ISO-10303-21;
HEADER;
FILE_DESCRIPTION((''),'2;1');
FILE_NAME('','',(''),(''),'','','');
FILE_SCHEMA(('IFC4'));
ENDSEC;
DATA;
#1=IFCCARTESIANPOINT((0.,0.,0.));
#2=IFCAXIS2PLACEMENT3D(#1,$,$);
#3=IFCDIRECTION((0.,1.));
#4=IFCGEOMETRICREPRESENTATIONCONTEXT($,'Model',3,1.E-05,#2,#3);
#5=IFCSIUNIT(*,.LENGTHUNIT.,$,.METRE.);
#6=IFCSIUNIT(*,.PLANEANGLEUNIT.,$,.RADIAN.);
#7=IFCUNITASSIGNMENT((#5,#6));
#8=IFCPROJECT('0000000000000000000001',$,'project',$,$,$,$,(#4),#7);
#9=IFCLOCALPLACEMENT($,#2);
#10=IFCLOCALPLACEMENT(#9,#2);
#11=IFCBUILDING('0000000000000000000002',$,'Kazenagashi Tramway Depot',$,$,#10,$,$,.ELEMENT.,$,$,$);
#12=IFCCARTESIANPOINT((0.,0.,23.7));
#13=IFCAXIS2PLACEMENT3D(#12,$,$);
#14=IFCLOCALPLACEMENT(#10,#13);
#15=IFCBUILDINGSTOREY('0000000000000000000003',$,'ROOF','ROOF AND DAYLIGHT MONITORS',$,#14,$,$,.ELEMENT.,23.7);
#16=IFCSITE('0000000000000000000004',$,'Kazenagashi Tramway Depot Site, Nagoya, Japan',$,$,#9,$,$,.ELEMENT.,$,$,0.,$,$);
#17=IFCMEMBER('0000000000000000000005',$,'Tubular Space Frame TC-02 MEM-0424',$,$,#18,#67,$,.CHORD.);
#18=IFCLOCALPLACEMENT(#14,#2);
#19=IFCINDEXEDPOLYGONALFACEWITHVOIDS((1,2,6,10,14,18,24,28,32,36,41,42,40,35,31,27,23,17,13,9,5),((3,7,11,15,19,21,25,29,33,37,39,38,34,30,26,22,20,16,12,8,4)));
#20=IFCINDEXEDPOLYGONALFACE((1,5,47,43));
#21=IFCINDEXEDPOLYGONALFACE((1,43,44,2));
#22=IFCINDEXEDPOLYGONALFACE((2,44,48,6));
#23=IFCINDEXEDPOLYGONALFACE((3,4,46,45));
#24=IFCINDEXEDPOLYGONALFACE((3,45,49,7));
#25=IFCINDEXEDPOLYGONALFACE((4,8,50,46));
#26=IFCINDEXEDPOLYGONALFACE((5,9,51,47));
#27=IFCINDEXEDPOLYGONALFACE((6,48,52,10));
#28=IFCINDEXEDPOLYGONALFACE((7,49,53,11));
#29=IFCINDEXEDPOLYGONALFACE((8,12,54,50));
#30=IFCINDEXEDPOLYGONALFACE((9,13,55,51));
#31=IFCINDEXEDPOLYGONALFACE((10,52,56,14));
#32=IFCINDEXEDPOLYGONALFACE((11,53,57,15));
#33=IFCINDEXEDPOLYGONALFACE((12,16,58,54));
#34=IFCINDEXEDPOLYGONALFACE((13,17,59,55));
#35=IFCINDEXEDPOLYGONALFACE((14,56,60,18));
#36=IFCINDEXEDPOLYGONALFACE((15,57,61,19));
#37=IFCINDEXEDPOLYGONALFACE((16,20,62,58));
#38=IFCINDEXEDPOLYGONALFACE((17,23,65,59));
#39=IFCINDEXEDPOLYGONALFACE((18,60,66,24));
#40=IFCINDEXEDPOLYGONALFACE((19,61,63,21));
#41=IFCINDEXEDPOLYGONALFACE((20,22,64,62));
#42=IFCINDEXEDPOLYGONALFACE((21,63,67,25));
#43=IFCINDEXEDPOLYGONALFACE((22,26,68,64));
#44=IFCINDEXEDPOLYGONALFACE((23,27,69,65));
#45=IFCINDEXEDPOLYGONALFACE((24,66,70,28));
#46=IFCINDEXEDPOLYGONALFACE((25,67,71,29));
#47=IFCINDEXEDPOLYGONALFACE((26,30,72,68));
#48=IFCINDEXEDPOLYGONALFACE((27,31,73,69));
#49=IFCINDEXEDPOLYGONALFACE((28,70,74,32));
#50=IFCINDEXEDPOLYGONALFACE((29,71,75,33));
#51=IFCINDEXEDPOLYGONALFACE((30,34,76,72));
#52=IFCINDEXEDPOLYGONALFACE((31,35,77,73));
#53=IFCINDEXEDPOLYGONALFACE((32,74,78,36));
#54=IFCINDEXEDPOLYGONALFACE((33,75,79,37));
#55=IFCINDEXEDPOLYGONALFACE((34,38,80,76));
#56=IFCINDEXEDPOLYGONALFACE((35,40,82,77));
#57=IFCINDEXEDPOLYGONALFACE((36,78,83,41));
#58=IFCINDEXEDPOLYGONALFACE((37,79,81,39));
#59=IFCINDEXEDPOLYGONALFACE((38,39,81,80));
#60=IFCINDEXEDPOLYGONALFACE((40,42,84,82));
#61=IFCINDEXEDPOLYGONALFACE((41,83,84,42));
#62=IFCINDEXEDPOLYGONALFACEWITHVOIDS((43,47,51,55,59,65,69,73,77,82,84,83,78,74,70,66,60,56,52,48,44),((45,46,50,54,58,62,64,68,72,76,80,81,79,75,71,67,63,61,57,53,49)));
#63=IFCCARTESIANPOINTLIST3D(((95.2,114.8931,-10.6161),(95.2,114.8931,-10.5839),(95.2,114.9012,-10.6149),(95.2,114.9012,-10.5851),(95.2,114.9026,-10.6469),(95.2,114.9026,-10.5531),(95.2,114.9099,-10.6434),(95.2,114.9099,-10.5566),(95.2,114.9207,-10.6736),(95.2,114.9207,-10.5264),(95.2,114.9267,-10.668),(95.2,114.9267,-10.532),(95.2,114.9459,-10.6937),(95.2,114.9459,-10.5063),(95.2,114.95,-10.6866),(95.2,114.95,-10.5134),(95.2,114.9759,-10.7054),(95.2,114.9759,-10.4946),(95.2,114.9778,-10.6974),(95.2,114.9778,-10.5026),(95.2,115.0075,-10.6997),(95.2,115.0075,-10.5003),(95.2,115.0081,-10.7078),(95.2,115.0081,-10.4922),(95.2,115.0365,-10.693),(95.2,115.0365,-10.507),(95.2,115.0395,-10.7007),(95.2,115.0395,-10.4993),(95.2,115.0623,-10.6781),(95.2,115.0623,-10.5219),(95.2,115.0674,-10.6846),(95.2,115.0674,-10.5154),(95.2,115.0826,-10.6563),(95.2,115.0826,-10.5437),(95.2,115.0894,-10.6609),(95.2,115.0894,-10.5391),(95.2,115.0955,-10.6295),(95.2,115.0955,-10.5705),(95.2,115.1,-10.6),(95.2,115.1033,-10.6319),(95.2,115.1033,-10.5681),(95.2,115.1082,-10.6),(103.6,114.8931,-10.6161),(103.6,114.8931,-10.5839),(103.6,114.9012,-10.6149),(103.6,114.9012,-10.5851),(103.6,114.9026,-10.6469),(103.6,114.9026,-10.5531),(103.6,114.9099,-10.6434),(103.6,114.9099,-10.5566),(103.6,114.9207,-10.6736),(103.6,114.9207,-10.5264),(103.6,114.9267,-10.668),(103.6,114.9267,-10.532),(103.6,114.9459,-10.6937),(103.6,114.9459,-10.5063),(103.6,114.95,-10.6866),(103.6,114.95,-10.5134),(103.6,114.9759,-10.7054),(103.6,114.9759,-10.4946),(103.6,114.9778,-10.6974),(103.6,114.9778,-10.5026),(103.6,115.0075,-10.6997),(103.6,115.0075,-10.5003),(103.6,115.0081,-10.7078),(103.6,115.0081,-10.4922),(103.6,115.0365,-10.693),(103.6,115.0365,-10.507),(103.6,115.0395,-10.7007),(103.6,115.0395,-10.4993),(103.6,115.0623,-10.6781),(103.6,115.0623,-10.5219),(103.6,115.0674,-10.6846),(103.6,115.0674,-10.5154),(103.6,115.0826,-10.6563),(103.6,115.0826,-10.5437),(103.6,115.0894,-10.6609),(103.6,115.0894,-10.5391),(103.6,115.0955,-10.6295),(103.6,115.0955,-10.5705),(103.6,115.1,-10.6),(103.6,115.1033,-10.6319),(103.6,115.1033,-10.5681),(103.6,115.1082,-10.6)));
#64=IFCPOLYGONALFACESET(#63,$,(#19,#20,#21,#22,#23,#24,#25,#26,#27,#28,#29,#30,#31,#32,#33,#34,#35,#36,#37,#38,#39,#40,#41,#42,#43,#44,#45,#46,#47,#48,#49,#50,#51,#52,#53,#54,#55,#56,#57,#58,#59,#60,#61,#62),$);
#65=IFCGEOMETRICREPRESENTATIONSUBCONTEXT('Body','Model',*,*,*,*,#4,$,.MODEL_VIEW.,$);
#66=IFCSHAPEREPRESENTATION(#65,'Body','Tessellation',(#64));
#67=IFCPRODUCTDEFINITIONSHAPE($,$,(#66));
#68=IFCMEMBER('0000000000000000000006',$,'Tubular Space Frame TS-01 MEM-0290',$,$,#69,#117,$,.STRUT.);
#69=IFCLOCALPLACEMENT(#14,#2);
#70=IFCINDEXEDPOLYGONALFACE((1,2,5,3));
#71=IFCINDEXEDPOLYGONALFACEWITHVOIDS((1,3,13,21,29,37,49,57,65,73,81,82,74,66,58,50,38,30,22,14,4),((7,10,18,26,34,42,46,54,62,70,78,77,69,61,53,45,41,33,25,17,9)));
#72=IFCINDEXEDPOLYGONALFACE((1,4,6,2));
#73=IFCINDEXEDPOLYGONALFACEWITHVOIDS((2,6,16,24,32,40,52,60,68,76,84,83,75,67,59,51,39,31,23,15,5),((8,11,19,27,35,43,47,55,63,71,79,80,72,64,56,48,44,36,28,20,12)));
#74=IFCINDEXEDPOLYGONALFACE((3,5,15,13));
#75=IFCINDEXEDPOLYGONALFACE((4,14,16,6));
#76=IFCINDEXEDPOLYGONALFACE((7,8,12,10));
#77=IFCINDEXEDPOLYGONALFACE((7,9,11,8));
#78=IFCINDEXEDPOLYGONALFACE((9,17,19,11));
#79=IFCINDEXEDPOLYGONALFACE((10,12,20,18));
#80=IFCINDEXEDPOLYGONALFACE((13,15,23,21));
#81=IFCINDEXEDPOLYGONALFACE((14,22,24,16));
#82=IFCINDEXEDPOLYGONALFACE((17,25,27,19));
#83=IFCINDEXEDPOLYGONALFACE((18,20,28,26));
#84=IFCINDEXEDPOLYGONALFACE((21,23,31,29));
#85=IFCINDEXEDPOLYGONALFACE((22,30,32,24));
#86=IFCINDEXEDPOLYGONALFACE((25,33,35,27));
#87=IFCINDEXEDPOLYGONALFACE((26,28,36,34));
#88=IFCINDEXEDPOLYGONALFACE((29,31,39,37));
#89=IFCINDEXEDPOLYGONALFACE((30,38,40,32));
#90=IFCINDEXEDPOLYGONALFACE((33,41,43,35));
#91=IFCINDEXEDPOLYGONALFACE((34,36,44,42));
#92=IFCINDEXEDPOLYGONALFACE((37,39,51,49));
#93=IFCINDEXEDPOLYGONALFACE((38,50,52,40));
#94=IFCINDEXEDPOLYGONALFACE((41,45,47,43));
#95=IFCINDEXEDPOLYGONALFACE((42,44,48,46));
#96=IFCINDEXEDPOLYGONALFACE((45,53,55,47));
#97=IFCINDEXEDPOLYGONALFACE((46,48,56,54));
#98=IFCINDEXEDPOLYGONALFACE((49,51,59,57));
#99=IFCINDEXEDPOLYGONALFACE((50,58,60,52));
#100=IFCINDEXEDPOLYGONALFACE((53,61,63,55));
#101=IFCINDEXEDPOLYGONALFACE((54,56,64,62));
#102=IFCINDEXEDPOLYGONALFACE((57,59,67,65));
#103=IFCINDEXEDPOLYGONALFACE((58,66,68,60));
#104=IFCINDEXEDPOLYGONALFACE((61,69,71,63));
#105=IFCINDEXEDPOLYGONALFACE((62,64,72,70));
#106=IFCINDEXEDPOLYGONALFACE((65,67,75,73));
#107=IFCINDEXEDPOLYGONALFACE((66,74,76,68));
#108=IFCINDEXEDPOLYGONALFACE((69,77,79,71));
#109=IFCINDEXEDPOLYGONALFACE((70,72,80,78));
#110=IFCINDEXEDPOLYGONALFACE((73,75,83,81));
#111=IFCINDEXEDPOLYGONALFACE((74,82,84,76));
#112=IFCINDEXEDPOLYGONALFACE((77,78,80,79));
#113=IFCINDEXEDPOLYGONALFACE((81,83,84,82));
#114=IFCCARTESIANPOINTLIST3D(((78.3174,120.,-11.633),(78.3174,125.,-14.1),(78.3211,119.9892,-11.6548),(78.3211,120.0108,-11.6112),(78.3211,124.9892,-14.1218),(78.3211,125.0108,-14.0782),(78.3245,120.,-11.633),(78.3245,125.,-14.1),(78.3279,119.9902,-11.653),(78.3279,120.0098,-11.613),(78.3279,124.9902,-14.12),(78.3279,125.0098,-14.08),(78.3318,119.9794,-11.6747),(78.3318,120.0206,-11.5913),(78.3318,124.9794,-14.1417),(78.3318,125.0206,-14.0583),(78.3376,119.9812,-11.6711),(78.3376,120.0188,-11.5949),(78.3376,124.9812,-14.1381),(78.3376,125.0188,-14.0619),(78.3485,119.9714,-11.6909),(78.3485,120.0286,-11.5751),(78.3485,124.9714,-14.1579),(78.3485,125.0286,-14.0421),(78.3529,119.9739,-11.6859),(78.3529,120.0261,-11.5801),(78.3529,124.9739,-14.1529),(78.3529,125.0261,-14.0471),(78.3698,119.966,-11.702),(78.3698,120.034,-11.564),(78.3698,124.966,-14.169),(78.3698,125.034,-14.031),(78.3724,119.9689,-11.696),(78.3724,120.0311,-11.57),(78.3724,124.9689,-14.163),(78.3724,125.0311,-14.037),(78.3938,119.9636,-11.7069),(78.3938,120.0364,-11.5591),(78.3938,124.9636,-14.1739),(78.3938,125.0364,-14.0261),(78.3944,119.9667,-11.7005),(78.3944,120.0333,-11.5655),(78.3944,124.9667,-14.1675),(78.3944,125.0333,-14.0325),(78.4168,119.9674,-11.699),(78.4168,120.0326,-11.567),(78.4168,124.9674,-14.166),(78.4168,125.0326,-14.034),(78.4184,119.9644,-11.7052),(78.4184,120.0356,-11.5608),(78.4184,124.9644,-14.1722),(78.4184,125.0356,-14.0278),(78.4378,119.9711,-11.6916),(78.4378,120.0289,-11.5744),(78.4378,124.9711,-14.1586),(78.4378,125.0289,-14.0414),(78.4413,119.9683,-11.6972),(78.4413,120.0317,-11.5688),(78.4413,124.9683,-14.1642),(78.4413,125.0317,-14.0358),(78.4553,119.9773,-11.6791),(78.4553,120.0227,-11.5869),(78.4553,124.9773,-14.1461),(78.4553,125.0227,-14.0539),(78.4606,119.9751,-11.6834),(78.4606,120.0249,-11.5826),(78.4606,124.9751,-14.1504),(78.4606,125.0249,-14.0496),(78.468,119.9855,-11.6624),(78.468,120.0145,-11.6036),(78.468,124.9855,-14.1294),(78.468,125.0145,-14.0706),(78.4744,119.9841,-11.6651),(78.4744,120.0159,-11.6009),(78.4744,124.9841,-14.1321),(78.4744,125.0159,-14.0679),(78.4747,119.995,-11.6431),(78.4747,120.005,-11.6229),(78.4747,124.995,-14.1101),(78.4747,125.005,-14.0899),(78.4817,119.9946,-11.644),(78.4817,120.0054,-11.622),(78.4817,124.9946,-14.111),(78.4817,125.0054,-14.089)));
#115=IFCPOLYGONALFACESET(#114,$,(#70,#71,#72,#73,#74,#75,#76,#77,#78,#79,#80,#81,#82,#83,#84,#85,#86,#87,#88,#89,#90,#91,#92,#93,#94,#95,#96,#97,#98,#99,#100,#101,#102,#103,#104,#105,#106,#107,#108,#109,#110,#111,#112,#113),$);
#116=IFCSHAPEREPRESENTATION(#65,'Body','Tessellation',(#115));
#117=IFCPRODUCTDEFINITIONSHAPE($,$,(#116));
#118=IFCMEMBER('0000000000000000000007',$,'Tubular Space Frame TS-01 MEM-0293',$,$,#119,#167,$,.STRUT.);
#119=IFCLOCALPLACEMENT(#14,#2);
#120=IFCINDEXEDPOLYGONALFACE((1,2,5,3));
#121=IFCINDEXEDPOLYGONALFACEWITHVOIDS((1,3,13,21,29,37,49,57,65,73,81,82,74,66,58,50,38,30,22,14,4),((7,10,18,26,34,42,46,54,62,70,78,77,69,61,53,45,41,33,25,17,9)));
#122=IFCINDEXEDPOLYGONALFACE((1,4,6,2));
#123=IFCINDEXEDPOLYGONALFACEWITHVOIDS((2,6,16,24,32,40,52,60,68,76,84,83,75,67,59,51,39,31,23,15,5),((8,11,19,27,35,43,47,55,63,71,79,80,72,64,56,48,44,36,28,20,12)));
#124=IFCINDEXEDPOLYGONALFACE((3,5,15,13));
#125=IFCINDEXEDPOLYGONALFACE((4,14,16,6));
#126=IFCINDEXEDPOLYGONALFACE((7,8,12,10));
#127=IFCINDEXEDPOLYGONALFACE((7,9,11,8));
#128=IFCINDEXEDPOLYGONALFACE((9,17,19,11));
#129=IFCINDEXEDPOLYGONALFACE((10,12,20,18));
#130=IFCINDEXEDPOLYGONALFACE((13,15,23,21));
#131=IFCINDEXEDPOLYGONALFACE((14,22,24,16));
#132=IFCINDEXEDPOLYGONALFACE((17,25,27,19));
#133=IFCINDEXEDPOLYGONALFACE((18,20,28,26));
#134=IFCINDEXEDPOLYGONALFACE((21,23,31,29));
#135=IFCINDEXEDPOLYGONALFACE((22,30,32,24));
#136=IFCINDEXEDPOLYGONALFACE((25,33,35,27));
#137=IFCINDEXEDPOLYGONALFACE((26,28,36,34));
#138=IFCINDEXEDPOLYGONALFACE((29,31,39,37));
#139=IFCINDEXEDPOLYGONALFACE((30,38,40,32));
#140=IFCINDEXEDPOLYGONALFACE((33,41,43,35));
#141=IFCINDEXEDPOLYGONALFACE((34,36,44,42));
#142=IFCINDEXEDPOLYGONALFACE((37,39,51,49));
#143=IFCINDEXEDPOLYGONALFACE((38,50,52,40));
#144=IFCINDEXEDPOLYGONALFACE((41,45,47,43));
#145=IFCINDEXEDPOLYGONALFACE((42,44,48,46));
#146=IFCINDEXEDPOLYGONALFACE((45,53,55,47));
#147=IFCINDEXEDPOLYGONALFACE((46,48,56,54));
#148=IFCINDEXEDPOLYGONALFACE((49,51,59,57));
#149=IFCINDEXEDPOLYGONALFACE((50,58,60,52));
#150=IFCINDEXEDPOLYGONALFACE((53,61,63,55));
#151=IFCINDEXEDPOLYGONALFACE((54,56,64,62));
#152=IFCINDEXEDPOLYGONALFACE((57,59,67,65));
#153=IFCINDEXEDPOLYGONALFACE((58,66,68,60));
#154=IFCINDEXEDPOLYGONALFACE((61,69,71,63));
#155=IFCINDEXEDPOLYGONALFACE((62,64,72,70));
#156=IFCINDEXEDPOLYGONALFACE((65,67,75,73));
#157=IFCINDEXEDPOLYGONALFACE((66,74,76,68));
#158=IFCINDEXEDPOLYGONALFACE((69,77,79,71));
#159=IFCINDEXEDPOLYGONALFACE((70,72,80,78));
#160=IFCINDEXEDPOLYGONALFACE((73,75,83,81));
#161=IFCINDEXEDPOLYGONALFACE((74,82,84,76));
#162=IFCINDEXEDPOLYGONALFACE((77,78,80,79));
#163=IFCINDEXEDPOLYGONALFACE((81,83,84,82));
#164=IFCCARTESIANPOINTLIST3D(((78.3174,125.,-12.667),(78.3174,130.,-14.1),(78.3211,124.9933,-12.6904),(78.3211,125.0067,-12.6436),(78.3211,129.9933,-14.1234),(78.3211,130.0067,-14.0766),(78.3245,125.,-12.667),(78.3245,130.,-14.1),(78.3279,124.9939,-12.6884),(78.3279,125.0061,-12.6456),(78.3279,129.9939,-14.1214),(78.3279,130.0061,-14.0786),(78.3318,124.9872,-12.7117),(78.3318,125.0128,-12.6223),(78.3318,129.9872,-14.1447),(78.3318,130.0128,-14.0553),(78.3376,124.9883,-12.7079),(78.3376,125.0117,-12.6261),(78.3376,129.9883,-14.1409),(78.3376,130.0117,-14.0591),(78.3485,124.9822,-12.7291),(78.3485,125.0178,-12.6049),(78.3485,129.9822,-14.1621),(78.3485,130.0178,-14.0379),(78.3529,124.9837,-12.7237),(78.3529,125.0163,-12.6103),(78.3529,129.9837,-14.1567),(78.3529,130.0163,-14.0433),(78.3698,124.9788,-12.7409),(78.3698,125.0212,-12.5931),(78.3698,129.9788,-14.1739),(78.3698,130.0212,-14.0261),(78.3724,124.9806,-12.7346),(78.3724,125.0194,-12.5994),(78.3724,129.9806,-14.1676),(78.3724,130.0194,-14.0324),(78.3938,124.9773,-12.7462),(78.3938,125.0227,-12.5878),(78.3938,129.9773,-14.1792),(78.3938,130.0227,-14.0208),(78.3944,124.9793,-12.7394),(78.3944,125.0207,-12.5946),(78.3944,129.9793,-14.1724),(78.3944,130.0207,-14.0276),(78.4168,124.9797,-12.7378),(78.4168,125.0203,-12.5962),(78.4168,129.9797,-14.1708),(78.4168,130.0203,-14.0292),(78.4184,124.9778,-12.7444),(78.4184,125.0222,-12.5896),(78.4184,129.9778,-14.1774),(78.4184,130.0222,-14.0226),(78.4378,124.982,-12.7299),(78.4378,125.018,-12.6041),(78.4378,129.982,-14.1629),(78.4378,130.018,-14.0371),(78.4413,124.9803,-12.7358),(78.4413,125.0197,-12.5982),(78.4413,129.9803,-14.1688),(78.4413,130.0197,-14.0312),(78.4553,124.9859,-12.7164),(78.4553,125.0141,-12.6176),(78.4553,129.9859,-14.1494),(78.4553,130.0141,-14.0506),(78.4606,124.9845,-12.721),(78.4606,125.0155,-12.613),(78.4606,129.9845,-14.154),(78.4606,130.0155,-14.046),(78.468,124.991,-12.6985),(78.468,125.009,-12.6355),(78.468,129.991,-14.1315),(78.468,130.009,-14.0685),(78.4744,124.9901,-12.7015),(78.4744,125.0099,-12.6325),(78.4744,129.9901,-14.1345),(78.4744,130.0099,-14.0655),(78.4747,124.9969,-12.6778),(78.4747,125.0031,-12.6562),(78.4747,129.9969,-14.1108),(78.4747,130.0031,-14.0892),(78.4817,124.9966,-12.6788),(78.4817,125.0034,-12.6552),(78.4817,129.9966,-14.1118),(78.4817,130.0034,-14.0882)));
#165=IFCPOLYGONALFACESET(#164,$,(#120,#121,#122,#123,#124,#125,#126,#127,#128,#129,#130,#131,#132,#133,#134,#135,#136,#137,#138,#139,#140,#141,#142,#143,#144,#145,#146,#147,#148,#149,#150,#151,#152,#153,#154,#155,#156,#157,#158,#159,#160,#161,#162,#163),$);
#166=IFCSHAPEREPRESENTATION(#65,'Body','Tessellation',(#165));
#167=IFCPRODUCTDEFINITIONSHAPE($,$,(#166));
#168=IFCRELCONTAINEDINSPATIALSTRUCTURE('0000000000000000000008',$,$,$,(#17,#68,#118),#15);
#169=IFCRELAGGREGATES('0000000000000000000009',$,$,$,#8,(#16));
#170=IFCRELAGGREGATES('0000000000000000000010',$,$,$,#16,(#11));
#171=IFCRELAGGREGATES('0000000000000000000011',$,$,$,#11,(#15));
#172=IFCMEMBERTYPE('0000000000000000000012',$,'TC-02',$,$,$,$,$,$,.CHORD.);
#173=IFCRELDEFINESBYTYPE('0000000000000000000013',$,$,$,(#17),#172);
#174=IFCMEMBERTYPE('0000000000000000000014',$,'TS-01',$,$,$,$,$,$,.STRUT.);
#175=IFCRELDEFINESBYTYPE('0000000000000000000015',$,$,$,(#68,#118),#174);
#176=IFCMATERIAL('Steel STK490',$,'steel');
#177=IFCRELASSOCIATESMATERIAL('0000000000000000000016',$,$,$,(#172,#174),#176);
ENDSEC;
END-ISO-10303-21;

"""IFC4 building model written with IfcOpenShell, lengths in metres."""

from ifc_helpers import new_model, si_unit, direction, frame, origin, origin_2d, place, context, subcontext, project, spatial, hollow_circle, extrude, material, material_profile, profile_set, type_object, element, save


model = new_model("IFC4")

# Units and contexts
model_context = context("Model", 3, precision=1e-05, world=origin(), true_north=direction((0.0, 1.0)))
body_context = subcontext(model_context, "Body", "Model", "MODEL_VIEW")
ifc_project = project(units=[si_unit("LENGTHUNIT", "METRE"), si_unit("PLANEANGLEUNIT", "RADIAN")], contexts=[model_context])

# Site, building, storey
site_placement = place(None, origin())
site = spatial("IfcSite", under=ifc_project, at=site_placement, Name="Kazenagashi Tramway Depot Site, Nagoya, Japan", CompositionType="ELEMENT", RefElevation=0.0)
building_placement = place(site_placement, origin())
building = spatial("IfcBuilding", under=site, at=building_placement, Name="Kazenagashi Tramway Depot", CompositionType="ELEMENT")
storey_placement = place(building_placement, frame((0.0, 0.0, 23.7)))
storey = spatial("IfcBuildingStorey", under=building, at=storey_placement, Name="ROOF", Description="ROOF AND DAYLIGHT MONITORS", CompositionType="ELEMENT", Elevation=23.7)

# Members
ifc_material_1 = material(Name="Steel STK490", Category="steel")
ifc_material_profile_1 = material_profile(ifc_material_1, hollow_circle(Radius=0.1081, WallThickness=0.0082, at=origin_2d()), Name="CHS-216.3x8.2")
ifc_profile_set_1 = profile_set([ifc_material_profile_1], Name="Steel STK490")
member_type_1 = type_object("IfcMemberType", Name="TC-02", PredefinedType="CHORD", material=ifc_profile_set_1)
for number, where, z_axis, x_axis, name in (
    (1, (95.2, 115.0, -10.6), (1.0, 0.0, 0.0), (0.0, 1.0, 0.0), "Tubular Space Frame TC-02 MEM-0424"),
):
    element("IfcMember", number, at=place(storey_placement, frame(where, z_axis=z_axis, x_axis=x_axis)), inside=storey, type_object=member_type_1, Name=name, PredefinedType="CHORD", context=body_context, shape_type="SweptSolid", body=[
        extrude(hollow_circle(Radius=0.1081, WallThickness=0.0082, at=origin_2d()), origin(), (0.0, 0.0, 1.0), 8.4),
    ])
ifc_material_profile_2 = material_profile(ifc_material_1, hollow_circle(Radius=0.0826, WallThickness=0.0071, at=origin_2d()), Name="CHS-165.2x7.1")
ifc_profile_set_2 = profile_set([ifc_material_profile_2], Name="Steel STK490")
member_type_2 = type_object("IfcMemberType", Name="TS-01", PredefinedType="STRUT", material=ifc_profile_set_2)
member_1_placement = place(storey_placement, frame((78.4, 120.0, -11.633), z_axis=(0.0, 0.896782, -0.442472), x_axis=(-1.0, 0.0, 0.0)))
element("IfcMember", 2, at=member_1_placement, inside=storey, type_object=member_type_2, Name="Tubular Space Frame TS-01 MEM-0290", PredefinedType="STRUT", context=body_context, shape_type="SweptSolid", body=[
    extrude(hollow_circle(Radius=0.0826, WallThickness=0.0071, at=origin_2d()), origin(), (0.0, 0.0, 1.0), 5.5755),
])
member_2_placement = place(storey_placement, frame((78.4, 125.0, -12.667), z_axis=(0.0, 0.961299, -0.275508), x_axis=(-1.0, 0.0, 0.0)))
element("IfcMember", 3, at=member_2_placement, inside=storey, type_object=member_type_2, Name="Tubular Space Frame TS-01 MEM-0293", PredefinedType="STRUT", context=body_context, shape_type="SweptSolid", body=[
    extrude(hollow_circle(Radius=0.0826, WallThickness=0.0071, at=origin_2d()), origin(), (0.0, 0.0, 1.0), 5.2013),
])

save(model, "model.ifc")
